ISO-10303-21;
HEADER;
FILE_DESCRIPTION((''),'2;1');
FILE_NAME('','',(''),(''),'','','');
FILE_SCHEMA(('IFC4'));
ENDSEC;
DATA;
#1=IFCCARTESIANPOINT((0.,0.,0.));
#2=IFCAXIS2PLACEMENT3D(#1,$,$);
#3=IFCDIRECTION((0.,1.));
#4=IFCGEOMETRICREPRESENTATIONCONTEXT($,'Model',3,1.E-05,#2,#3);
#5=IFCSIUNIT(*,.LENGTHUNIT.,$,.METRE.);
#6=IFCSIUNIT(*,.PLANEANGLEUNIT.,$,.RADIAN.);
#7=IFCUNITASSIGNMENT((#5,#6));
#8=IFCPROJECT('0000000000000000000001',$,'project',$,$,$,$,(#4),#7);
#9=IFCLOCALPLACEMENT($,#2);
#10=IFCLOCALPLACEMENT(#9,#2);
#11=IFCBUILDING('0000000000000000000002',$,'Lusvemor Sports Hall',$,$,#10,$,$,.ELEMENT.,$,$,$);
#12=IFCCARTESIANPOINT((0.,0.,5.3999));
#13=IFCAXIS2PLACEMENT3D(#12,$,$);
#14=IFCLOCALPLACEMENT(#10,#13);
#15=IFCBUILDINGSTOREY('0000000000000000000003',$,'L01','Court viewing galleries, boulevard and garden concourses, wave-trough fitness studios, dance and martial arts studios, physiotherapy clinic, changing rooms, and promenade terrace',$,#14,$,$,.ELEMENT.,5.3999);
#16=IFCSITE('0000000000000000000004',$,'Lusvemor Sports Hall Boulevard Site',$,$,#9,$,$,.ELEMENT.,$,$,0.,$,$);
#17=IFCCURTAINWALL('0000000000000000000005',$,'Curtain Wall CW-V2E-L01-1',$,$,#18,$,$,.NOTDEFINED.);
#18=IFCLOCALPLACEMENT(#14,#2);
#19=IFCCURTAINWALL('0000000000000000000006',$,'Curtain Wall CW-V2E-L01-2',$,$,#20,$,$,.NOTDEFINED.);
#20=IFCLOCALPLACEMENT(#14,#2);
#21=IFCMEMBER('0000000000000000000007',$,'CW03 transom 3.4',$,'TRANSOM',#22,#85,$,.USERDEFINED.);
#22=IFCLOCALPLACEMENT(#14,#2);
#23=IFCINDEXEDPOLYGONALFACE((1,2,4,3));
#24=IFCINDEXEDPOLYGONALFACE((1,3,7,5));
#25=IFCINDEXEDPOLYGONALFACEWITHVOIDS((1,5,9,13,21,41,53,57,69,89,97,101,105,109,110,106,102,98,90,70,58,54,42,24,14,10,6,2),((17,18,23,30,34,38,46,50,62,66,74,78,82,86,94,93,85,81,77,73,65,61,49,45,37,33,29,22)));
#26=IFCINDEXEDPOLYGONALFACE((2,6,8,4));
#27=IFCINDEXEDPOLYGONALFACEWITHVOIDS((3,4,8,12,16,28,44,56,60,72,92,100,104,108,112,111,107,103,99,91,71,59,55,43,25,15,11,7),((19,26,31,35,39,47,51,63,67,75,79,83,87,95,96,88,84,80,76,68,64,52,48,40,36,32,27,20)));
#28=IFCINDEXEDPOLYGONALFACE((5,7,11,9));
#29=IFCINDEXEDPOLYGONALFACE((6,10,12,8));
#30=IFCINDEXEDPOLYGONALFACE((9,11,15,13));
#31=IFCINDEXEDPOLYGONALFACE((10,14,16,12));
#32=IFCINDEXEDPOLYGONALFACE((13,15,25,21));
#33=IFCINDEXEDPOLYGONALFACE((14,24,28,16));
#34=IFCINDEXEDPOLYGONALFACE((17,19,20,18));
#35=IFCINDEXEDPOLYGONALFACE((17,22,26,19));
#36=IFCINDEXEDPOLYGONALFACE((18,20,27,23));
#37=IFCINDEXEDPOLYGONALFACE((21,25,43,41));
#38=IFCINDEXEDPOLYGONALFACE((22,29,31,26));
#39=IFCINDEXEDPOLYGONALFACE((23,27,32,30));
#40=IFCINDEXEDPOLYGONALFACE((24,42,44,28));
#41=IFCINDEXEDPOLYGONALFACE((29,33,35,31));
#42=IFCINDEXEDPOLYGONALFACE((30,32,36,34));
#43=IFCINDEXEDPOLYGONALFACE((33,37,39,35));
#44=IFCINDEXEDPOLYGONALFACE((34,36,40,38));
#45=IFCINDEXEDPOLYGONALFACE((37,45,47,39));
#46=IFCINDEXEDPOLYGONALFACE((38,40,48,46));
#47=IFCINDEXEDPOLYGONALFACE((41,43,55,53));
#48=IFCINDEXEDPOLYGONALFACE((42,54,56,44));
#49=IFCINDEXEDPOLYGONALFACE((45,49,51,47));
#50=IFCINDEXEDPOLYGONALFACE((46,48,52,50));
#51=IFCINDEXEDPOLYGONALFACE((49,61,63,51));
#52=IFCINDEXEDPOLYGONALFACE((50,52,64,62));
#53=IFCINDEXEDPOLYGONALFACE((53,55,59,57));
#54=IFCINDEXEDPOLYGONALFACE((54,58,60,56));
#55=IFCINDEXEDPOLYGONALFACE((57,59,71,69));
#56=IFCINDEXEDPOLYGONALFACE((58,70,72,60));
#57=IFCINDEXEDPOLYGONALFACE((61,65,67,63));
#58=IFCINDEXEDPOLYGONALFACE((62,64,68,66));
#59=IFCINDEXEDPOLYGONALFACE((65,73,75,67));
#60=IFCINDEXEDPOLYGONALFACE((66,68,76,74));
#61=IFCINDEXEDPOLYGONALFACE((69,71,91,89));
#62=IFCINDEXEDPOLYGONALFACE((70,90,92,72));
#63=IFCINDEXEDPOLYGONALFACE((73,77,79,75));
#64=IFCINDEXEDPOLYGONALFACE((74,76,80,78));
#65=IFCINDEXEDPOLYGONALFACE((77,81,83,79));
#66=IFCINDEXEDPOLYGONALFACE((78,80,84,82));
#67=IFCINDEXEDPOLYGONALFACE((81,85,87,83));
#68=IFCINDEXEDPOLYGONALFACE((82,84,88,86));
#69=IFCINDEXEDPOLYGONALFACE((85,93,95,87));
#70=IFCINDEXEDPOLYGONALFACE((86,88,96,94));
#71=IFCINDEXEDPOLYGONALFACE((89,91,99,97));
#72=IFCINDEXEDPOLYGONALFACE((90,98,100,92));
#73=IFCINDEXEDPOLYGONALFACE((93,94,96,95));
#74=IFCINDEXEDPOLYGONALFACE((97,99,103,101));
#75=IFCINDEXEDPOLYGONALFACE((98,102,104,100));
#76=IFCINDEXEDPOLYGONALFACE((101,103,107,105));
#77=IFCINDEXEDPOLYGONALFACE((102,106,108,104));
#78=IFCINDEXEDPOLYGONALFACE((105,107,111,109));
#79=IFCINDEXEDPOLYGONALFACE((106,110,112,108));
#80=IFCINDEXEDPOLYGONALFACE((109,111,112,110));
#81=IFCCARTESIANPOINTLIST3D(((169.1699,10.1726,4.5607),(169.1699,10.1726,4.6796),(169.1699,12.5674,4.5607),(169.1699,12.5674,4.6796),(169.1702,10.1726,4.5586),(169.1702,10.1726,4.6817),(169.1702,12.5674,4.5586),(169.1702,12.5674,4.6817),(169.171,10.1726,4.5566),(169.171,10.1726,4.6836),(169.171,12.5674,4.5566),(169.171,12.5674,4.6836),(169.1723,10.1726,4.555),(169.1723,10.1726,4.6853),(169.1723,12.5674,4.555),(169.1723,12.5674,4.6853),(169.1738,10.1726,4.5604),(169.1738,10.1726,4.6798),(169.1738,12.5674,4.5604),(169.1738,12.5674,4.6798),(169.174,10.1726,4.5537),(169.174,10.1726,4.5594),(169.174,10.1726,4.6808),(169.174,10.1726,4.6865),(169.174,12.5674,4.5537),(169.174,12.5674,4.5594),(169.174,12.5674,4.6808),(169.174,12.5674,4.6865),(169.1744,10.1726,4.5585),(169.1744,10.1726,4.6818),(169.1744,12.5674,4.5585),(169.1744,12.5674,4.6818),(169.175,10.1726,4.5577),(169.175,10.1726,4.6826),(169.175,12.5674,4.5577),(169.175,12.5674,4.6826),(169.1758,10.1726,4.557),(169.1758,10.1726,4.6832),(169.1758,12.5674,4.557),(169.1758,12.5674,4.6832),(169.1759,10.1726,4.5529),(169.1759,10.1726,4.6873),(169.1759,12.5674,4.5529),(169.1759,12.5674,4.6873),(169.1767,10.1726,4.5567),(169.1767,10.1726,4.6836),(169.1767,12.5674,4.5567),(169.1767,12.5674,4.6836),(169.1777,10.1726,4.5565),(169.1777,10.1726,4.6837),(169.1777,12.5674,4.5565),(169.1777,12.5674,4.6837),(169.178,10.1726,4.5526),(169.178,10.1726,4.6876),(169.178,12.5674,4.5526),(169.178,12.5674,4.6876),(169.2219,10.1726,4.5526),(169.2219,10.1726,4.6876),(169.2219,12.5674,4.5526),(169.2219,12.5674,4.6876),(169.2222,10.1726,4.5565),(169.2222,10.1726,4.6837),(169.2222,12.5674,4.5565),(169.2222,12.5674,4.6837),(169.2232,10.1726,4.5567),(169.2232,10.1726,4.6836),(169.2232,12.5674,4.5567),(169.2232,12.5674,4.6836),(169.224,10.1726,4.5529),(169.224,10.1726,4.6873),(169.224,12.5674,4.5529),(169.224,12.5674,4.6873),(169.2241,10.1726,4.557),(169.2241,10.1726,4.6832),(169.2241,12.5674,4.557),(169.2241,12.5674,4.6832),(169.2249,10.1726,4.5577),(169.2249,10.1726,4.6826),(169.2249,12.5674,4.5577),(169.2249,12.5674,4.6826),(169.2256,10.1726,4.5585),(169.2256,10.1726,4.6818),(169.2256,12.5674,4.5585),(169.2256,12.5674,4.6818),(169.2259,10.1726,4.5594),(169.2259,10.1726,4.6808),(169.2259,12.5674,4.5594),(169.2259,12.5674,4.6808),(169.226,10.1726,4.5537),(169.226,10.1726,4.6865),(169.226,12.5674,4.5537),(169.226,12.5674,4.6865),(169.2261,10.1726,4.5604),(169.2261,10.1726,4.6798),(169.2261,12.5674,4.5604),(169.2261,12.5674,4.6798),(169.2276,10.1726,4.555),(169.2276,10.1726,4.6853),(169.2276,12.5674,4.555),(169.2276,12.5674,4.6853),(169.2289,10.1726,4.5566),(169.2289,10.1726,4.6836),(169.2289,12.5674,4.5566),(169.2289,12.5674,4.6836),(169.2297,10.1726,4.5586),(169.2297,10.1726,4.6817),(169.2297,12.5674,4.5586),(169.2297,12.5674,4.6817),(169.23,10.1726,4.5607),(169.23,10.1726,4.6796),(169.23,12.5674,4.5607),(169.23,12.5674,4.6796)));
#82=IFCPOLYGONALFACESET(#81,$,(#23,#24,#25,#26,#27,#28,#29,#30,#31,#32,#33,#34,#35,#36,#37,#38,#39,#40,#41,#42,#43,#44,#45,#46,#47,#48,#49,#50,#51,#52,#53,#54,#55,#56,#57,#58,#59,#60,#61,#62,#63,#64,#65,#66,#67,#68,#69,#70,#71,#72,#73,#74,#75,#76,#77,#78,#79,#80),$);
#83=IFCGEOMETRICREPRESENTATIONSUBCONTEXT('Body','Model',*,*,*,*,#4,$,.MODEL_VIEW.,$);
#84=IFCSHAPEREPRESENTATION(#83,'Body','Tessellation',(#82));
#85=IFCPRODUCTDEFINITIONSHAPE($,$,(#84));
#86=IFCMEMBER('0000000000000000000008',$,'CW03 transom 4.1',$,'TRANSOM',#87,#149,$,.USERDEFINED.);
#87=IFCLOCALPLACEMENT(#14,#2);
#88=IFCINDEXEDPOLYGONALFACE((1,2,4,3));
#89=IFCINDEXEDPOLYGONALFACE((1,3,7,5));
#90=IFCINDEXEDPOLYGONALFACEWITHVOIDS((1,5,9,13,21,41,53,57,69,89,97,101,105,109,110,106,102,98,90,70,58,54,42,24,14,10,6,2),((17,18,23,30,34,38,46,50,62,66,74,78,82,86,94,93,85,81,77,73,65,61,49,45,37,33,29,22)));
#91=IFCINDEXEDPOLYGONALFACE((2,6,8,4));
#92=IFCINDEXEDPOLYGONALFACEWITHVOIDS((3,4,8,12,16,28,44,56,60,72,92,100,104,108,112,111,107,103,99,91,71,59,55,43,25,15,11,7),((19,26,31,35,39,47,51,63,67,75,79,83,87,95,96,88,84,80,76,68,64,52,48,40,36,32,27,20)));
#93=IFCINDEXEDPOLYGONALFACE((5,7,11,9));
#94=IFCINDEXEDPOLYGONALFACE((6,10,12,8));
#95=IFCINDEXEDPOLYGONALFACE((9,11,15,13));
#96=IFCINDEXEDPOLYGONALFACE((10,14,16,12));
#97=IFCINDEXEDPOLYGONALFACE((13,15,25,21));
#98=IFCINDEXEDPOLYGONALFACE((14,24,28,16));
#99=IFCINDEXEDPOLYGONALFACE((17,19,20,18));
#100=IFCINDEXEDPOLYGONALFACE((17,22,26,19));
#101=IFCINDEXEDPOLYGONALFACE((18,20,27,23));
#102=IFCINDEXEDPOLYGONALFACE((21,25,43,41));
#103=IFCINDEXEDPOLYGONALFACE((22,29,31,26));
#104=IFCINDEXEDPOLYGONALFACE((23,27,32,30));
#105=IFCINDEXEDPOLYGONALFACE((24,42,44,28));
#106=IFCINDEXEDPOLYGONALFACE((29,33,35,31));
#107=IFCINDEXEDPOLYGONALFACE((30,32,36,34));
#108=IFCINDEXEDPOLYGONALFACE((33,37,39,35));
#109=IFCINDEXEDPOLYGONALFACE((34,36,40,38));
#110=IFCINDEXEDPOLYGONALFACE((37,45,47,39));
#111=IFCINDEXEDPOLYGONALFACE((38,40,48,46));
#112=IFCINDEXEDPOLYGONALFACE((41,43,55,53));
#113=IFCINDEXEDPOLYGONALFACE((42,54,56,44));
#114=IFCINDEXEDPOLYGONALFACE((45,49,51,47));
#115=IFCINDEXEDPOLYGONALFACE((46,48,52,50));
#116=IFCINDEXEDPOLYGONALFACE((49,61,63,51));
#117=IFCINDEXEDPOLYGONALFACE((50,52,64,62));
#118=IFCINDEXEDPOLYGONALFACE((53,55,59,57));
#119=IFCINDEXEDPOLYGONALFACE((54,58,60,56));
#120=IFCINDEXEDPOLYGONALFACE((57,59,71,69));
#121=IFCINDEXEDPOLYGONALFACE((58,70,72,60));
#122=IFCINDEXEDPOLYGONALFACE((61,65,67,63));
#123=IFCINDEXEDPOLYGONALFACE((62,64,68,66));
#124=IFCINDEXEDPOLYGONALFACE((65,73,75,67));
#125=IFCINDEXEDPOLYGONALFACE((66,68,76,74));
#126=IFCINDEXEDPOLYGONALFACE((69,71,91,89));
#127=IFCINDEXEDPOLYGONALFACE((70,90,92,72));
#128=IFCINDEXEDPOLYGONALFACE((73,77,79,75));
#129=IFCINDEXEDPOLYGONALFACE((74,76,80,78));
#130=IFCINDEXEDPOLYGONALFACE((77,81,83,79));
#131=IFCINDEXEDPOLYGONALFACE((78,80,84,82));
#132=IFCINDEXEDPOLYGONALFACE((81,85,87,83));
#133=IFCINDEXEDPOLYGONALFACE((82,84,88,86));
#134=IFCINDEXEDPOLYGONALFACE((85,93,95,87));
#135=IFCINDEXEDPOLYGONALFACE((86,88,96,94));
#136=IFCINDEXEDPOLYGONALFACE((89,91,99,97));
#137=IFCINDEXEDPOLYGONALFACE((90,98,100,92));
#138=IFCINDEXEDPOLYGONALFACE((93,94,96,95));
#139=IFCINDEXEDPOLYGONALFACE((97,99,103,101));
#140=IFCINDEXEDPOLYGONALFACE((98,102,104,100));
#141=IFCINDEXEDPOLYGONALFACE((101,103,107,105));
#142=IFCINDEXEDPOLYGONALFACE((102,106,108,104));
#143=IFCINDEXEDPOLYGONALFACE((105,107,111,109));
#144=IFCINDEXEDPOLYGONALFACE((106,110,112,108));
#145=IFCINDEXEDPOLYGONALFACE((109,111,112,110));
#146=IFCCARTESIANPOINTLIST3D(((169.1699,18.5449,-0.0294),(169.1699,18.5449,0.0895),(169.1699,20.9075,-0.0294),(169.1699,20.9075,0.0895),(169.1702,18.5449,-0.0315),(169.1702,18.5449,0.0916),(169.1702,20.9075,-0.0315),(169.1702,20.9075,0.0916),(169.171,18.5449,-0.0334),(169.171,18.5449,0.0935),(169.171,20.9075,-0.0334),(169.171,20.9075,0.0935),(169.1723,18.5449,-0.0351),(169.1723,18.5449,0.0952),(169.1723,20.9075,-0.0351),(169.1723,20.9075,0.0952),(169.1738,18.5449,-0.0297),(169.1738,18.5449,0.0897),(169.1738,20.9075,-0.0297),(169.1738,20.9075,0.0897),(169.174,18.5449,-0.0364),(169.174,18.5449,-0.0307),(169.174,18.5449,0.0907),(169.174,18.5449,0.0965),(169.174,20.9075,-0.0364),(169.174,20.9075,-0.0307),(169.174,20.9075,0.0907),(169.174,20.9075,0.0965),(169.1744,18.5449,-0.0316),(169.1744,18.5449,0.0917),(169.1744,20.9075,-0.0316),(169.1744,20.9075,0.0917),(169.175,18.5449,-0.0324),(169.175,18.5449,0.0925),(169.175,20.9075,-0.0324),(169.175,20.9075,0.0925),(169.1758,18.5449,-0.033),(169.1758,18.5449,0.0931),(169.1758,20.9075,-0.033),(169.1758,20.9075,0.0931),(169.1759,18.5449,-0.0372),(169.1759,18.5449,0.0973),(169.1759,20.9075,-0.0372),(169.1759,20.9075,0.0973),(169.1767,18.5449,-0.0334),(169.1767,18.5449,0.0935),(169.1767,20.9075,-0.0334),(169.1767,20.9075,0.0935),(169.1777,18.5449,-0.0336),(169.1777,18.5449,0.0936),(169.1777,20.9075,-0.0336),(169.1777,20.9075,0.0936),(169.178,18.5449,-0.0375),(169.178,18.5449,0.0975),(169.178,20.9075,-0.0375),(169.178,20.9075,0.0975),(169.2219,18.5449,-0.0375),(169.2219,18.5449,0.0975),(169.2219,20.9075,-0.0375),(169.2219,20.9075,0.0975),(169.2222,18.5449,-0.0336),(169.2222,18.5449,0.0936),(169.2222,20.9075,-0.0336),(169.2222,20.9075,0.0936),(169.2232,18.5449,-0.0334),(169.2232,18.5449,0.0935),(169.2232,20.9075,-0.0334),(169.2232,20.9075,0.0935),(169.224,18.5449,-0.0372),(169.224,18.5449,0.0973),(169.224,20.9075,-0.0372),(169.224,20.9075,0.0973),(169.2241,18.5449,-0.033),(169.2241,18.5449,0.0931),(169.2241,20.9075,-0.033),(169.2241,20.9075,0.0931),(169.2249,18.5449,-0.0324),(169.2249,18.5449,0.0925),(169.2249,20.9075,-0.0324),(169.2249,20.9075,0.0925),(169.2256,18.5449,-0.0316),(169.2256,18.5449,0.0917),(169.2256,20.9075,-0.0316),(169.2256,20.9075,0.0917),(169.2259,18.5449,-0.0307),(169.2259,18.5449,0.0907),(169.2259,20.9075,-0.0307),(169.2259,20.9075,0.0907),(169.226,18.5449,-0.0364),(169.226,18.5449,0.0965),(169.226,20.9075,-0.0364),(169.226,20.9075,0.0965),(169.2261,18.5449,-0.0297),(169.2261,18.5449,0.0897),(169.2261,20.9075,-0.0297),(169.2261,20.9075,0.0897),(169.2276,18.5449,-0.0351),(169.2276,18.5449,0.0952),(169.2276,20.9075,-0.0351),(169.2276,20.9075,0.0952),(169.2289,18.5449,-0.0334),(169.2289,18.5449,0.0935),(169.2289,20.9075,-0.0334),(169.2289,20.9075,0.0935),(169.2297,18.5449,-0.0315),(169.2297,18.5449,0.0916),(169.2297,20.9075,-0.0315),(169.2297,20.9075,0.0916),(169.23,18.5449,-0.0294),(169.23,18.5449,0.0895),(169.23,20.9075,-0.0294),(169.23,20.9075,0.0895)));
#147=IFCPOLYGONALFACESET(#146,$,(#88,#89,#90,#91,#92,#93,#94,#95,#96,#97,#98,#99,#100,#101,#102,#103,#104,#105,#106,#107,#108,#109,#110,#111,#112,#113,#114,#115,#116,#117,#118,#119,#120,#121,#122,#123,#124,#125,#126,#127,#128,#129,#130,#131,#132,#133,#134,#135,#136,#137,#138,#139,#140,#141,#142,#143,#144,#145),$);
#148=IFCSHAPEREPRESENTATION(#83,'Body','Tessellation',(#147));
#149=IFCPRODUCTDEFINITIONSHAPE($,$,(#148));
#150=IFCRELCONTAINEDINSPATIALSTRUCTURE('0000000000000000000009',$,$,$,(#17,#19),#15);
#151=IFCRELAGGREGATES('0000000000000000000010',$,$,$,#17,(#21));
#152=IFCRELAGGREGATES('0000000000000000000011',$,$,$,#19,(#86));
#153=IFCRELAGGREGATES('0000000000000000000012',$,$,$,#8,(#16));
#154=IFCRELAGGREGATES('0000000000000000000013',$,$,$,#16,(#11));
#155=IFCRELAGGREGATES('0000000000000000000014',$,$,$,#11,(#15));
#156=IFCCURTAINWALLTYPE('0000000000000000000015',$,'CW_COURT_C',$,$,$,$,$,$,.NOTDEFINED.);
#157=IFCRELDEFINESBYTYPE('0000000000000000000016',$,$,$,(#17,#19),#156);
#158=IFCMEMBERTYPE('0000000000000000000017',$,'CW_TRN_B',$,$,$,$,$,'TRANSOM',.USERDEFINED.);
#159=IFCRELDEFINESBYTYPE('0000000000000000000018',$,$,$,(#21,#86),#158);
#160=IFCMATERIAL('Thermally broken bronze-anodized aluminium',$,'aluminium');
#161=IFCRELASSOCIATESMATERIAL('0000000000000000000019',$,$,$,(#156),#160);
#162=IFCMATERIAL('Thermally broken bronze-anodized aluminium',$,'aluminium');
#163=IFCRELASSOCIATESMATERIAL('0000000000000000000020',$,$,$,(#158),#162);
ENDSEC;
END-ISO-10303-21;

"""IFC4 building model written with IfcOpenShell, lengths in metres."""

from ifc_helpers import new_model, si_unit, direction, frame, origin, origin_2d, place, context, subcontext, project, spatial, hollow_rectangle, extrude, material, material_profile, profile_set, type_object, element, aggregate, save


model = new_model("IFC4")

# Units and contexts
model_context = context("Model", 3, precision=1e-05, world=origin(), true_north=direction((0.0, 1.0)))
body_context = subcontext(model_context, "Body", "Model", "MODEL_VIEW")
ifc_project = project(units=[si_unit("LENGTHUNIT", "METRE"), si_unit("PLANEANGLEUNIT", "RADIAN")], contexts=[model_context])

# Site, building, storey
site_placement = place(None, origin())
site = spatial("IfcSite", under=ifc_project, at=site_placement, Name="Lusvemor Sports Hall Boulevard Site", CompositionType="ELEMENT", RefElevation=0.0)
building_placement = place(site_placement, origin())
building = spatial("IfcBuilding", under=site, at=building_placement, Name="Lusvemor Sports Hall", CompositionType="ELEMENT")
storey_placement = place(building_placement, frame((0.0, 0.0, 5.3999)))
storey = spatial("IfcBuildingStorey", under=building, at=storey_placement, Name="L01", Description="Court viewing galleries, boulevard and garden concourses, wave-trough fitness studios, dance and martial arts studios, physiotherapy clinic, changing rooms, and promenade terrace", CompositionType="ELEMENT", Elevation=5.3999)

# Curtain wall
ifc_material_1 = material(Name="Thermally broken bronze-anodized aluminium", Category="aluminium")
curtain_wall_type = type_object("IfcCurtainWallType", Name="CW_COURT_C", PredefinedType="NOTDEFINED", material=ifc_material_1)
curtain_wall_1_placement = place(storey_placement, origin())
curtain_wall_1 = element("IfcCurtainWall", 1, at=curtain_wall_1_placement, inside=storey, type_object=curtain_wall_type, Name="Curtain Wall CW-V2E-L01-1", PredefinedType="NOTDEFINED")

# Curtain wall
curtain_wall_2_placement = place(storey_placement, origin())
curtain_wall_2 = element("IfcCurtainWall", 2, at=curtain_wall_2_placement, inside=storey, type_object=curtain_wall_type, Name="Curtain Wall CW-V2E-L01-2", PredefinedType="NOTDEFINED")

# Members
ifc_material_2 = material(Name="Thermally broken bronze-anodized aluminium", Category="aluminium")
ifc_material_profile_1 = material_profile(ifc_material_2, hollow_rectangle(XDim=0.0601, YDim=0.135, WallThickness=0.0039, InnerFilletRadius=0.0039, OuterFilletRadius=0.0081, at=origin_2d()), Name="CWTRN135x60x4")
ifc_profile_set_1 = profile_set([ifc_material_profile_1], Name="Thermally broken bronze-anodized aluminium")
member_type_1 = type_object("IfcMemberType", Name="CW_TRN_B", ElementType="TRANSOM", PredefinedType="USERDEFINED", material=ifc_profile_set_1)
member_1_placement = place(storey_placement, frame((169.2, 12.5674, 4.6201), z_axis=(0.0, -1.0, 0.0), x_axis=(1.0, 0.0, 0.0)))
member_1 = element("IfcMember", 3, at=member_1_placement, type_object=member_type_1, Name="CW03 transom 3.4", ObjectType="TRANSOM", PredefinedType="USERDEFINED", context=body_context, shape_type="SweptSolid", body=[
    extrude(hollow_rectangle(XDim=0.0601, YDim=0.135, WallThickness=0.0039, InnerFilletRadius=0.0039, OuterFilletRadius=0.0081, at=origin_2d()), origin(), (0.0, 0.0, 1.0), 2.3948),
])
member_2_placement = place(storey_placement, frame((169.2, 20.9075, 0.03), z_axis=(0.0, -1.0, 0.0), x_axis=(1.0, 0.0, 0.0)))
member_2 = element("IfcMember", 4, at=member_2_placement, type_object=member_type_1, Name="CW03 transom 4.1", ObjectType="TRANSOM", PredefinedType="USERDEFINED", context=body_context, shape_type="SweptSolid", body=[
    extrude(hollow_rectangle(XDim=0.0601, YDim=0.135, WallThickness=0.0039, InnerFilletRadius=0.0039, OuterFilletRadius=0.0081, at=origin_2d()), origin(), (0.0, 0.0, 1.0), 2.3625),
])

aggregate(curtain_wall_1, [member_1])
aggregate(curtain_wall_2, [member_2])

save(model, "model.ifc")
